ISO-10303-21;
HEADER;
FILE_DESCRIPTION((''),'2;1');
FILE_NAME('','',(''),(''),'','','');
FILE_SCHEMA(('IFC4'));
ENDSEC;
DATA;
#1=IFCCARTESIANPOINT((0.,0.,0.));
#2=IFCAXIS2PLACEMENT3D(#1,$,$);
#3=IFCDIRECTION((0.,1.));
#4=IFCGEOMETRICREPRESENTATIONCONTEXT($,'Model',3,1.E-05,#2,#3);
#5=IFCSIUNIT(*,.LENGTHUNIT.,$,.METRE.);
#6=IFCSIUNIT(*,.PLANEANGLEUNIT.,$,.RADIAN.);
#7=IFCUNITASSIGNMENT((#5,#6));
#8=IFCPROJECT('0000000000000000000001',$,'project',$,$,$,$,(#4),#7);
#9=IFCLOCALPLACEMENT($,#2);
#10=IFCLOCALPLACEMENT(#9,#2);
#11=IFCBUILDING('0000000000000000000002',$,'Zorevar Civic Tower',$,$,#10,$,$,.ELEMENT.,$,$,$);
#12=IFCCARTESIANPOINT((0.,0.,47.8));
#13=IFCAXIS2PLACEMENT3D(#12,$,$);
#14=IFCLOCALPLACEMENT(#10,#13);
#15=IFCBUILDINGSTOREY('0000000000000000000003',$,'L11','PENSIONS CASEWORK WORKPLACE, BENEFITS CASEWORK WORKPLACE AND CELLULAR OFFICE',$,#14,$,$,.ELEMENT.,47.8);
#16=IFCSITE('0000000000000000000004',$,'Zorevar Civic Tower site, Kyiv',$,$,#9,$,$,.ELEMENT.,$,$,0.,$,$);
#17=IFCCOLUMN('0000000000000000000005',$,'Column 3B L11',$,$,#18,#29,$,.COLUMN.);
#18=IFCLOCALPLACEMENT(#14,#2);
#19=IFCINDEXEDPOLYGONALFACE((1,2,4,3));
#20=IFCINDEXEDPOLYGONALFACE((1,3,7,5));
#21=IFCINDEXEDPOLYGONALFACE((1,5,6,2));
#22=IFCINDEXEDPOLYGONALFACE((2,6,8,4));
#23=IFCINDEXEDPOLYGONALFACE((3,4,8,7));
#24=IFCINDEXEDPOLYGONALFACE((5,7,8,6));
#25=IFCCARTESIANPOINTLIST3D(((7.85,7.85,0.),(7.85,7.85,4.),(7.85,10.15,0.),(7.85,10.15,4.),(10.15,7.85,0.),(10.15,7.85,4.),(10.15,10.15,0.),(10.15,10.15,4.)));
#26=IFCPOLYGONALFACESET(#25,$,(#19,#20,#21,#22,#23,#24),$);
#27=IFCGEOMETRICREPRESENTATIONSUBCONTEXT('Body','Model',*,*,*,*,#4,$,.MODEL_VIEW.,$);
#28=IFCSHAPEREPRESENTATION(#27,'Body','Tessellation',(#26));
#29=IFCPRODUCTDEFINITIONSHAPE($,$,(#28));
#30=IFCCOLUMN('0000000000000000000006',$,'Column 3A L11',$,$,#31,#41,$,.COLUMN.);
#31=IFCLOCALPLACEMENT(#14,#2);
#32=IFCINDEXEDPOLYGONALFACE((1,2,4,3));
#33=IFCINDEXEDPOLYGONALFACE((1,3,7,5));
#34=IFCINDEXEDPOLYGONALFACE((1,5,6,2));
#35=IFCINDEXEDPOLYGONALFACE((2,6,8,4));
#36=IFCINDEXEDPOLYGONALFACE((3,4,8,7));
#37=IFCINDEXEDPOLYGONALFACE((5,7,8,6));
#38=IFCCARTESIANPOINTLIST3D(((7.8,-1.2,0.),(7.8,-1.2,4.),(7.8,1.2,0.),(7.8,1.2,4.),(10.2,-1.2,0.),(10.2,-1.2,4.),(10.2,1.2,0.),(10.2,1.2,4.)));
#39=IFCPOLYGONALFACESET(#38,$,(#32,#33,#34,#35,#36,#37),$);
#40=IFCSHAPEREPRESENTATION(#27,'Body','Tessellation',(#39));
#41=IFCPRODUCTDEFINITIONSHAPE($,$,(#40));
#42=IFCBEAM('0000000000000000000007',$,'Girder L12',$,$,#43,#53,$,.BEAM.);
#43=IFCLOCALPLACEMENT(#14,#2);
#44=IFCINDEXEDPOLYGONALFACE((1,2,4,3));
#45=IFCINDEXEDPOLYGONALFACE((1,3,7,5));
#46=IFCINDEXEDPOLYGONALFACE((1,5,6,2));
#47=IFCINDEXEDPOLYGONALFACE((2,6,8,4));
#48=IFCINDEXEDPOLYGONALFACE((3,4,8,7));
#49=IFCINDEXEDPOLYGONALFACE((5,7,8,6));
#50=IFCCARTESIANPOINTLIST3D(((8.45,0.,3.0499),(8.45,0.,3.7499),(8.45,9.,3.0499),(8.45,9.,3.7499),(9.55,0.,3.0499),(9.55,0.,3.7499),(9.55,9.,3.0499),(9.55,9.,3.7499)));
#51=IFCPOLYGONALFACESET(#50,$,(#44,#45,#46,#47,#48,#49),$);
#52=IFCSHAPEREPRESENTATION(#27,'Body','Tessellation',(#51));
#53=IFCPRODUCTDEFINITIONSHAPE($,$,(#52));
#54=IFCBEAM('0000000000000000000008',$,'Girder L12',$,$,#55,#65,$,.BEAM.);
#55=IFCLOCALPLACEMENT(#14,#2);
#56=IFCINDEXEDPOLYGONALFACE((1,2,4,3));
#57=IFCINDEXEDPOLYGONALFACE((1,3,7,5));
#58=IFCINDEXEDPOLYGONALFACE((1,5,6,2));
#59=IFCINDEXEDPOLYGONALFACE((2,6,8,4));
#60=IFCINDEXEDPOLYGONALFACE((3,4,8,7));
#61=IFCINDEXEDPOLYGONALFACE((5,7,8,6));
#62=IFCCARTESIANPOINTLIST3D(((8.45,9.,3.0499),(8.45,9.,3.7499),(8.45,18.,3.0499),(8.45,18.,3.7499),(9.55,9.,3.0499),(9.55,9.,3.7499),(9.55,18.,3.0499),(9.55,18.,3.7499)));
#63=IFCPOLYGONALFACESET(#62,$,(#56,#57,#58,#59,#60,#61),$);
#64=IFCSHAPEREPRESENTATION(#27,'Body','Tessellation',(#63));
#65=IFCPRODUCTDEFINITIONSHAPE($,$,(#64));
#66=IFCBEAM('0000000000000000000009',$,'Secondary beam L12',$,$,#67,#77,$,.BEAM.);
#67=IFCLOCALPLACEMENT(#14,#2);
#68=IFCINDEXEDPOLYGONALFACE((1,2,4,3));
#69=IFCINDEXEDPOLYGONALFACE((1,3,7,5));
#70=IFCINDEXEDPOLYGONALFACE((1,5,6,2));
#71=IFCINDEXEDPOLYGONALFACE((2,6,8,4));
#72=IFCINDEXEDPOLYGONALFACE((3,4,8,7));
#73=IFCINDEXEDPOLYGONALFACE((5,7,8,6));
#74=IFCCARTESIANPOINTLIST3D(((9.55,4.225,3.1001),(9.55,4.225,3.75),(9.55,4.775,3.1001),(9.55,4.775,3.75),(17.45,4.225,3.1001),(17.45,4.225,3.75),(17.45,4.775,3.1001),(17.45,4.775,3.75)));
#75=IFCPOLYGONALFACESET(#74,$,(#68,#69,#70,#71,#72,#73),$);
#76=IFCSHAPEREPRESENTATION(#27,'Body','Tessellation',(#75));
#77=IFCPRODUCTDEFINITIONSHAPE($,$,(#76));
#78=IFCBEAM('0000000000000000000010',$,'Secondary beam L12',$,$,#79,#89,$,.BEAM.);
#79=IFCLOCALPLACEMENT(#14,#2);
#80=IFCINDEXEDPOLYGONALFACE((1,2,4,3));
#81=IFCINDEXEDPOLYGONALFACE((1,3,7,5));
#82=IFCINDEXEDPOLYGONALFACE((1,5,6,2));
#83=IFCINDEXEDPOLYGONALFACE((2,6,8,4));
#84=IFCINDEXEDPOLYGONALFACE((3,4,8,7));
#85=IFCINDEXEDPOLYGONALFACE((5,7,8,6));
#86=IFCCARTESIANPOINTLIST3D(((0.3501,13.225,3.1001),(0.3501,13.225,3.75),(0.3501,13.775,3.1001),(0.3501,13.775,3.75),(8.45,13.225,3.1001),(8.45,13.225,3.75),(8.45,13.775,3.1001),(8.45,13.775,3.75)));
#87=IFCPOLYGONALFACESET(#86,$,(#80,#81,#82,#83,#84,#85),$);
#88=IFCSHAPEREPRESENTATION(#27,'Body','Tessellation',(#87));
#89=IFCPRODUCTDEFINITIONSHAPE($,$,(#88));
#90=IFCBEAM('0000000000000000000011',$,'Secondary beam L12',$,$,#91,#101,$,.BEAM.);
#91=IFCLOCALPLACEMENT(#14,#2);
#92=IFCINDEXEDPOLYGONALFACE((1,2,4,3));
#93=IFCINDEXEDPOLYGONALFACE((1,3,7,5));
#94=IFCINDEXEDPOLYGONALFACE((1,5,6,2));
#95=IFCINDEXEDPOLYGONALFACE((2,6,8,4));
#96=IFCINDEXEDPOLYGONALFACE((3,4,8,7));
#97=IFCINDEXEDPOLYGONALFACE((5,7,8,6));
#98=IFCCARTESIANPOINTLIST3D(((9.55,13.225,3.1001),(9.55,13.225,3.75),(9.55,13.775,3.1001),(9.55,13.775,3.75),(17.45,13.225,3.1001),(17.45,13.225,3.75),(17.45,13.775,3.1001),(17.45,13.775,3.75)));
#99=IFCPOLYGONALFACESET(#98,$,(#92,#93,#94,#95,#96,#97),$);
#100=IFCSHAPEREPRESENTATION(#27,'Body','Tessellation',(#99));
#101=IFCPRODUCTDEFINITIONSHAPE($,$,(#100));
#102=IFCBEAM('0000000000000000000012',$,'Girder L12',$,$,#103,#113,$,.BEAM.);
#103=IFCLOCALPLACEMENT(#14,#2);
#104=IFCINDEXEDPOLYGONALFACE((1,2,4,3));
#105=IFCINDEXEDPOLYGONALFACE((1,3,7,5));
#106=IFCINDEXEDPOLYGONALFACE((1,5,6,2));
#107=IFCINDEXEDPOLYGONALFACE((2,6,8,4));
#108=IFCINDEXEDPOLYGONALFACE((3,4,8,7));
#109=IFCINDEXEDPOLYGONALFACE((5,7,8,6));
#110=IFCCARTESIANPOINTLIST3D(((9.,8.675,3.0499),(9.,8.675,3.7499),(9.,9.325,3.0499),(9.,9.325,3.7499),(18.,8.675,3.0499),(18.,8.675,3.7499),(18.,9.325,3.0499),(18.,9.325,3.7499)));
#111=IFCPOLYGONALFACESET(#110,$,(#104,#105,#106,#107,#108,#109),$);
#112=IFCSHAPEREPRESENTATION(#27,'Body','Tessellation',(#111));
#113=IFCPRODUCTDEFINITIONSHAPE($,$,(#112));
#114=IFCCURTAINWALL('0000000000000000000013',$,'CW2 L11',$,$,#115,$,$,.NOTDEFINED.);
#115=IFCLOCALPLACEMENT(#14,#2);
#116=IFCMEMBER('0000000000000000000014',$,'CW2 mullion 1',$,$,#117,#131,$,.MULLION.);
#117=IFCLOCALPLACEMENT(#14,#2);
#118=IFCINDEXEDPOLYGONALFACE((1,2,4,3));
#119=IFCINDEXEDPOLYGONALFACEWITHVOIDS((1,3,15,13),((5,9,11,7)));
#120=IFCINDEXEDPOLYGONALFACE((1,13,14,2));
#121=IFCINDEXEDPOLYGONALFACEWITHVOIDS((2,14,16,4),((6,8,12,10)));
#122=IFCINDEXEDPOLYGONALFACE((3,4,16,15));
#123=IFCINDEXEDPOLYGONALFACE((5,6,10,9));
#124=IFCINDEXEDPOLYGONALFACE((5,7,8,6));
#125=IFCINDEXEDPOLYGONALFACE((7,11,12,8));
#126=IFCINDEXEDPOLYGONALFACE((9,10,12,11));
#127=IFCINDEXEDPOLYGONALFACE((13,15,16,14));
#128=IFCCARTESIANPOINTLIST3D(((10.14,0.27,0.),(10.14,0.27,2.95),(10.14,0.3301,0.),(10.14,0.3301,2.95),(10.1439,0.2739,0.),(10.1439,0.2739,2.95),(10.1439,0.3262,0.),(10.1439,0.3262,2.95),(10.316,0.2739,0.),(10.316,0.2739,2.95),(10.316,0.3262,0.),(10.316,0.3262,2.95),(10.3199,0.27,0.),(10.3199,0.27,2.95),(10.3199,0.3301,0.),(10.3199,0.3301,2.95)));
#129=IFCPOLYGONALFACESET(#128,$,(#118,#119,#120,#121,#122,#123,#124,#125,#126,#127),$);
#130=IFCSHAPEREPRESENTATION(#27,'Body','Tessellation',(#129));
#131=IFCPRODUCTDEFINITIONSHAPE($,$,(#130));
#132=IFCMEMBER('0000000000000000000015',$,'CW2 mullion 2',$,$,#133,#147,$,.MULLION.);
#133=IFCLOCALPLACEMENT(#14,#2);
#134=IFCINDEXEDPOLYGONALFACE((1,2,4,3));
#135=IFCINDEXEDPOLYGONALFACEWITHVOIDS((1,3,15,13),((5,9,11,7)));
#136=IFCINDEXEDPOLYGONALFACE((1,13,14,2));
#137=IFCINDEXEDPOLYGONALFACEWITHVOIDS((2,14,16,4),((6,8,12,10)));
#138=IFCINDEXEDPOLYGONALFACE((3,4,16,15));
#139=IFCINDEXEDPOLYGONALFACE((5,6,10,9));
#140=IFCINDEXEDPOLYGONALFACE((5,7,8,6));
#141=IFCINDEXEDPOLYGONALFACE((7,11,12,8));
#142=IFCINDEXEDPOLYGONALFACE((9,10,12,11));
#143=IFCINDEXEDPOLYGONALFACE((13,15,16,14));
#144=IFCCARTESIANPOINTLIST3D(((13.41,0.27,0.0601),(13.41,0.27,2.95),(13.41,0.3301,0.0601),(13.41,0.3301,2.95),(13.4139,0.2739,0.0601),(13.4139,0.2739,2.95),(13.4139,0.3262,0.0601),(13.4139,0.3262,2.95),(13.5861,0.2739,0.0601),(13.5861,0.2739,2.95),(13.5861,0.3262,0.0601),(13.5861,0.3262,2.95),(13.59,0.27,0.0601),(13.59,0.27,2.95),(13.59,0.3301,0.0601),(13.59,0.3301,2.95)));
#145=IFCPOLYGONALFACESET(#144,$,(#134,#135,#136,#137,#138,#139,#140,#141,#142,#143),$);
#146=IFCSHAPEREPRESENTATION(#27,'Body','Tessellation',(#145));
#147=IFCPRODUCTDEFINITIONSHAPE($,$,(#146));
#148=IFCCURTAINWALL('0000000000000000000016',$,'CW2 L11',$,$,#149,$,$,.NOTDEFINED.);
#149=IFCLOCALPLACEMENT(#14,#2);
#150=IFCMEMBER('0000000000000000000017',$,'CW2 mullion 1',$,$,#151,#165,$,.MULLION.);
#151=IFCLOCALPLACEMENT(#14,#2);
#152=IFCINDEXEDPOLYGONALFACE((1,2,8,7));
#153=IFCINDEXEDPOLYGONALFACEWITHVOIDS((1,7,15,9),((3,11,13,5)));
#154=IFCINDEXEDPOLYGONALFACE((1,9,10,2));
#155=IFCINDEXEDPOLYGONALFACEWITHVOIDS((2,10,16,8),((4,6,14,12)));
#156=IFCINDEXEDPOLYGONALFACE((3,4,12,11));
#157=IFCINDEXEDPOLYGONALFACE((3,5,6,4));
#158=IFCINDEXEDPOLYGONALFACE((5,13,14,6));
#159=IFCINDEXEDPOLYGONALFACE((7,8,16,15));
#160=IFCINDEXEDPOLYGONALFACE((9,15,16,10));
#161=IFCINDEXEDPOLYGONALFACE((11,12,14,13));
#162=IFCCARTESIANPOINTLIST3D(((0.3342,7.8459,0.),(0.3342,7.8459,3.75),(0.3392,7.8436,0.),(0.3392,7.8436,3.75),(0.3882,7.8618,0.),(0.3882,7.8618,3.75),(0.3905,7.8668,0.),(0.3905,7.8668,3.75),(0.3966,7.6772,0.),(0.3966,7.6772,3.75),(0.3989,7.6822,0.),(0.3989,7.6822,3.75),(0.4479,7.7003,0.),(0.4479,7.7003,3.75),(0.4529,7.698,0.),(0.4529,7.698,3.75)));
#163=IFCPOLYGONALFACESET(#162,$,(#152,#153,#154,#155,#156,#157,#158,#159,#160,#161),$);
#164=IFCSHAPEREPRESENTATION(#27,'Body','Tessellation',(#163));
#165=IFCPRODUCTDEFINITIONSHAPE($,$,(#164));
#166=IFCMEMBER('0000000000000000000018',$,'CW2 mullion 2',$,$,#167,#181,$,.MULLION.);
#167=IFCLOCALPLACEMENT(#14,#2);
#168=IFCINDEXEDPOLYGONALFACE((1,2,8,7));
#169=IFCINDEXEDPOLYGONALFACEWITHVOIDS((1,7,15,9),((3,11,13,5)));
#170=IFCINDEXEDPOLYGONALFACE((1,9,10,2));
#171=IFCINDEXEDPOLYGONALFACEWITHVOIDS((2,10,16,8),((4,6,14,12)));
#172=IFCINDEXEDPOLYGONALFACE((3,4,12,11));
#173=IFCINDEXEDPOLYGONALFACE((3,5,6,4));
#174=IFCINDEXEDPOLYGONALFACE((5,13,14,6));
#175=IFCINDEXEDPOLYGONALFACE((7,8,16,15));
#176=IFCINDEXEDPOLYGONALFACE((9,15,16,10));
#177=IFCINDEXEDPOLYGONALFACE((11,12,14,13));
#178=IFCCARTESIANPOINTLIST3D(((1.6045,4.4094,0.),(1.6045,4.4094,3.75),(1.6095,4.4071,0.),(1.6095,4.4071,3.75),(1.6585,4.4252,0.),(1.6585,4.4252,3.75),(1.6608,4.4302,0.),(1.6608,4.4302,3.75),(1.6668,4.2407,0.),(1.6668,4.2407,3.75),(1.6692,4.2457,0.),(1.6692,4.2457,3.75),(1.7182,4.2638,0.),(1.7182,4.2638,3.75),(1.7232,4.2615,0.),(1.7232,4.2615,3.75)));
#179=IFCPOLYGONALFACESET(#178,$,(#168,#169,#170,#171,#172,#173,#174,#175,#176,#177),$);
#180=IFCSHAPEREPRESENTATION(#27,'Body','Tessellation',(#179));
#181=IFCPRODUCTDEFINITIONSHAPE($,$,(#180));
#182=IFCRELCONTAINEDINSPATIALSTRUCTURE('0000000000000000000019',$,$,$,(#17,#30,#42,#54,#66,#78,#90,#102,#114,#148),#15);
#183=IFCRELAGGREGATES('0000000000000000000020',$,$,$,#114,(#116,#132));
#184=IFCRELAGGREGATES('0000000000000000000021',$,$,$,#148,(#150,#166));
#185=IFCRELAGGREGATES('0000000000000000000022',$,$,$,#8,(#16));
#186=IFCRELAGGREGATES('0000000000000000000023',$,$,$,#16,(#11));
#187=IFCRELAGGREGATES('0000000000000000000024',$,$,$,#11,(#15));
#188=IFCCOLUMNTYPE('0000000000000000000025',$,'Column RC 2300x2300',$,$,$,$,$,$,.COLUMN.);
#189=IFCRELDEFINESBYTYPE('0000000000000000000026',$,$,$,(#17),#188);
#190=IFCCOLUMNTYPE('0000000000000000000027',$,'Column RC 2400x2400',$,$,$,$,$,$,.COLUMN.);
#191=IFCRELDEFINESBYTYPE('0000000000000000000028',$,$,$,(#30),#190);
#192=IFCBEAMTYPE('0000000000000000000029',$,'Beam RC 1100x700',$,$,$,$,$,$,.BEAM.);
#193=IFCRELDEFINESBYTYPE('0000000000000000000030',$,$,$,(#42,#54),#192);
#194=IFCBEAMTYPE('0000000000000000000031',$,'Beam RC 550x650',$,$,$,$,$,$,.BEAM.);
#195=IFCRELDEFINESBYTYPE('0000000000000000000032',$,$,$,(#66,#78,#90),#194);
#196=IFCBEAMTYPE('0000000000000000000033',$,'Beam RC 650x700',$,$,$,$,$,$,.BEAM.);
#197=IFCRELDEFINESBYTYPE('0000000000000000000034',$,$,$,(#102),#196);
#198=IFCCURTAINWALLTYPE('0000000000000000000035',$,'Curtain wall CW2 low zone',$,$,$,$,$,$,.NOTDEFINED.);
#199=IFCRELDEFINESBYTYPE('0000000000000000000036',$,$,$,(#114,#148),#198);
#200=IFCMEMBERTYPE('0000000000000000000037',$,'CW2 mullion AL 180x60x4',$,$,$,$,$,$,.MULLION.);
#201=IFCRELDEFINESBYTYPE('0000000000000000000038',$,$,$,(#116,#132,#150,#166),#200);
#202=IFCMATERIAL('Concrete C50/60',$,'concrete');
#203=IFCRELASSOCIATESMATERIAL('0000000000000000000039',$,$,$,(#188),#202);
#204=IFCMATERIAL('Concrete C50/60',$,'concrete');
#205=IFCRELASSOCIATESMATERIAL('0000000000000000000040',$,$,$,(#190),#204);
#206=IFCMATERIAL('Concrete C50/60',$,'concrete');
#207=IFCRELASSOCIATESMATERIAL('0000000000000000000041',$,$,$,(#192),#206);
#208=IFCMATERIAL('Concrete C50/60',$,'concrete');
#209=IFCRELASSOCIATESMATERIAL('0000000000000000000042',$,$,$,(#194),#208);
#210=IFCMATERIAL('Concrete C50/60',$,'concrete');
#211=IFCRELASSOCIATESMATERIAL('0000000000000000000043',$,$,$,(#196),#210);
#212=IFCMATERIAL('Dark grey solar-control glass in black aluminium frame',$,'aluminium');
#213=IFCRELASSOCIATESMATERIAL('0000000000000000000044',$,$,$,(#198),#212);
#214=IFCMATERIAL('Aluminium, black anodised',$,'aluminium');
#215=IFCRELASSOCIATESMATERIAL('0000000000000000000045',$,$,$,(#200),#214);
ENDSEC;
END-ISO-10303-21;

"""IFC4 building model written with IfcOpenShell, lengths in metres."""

from ifc_helpers import new_model, si_unit, direction, frame, origin, origin_2d, place, context, subcontext, project, spatial, rectangle, hollow_rectangle, extrude, material, material_profile, profile_set, type_object, element, aggregate, save


model = new_model("IFC4")

# Units and contexts
model_context = context("Model", 3, precision=1e-05, world=origin(), true_north=direction((0.0, 1.0)))
body_context = subcontext(model_context, "Body", "Model", "MODEL_VIEW")
ifc_project = project(units=[si_unit("LENGTHUNIT", "METRE"), si_unit("PLANEANGLEUNIT", "RADIAN")], contexts=[model_context])

# Site, building, storey
site_placement = place(None, origin())
site = spatial("IfcSite", under=ifc_project, at=site_placement, Name="Zorevar Civic Tower site, Kyiv", CompositionType="ELEMENT", RefElevation=0.0)
building_placement = place(site_placement, origin())
building = spatial("IfcBuilding", under=site, at=building_placement, Name="Zorevar Civic Tower", CompositionType="ELEMENT")
storey_placement = place(building_placement, frame((0.0, 0.0, 47.8)))
storey = spatial("IfcBuildingStorey", under=building, at=storey_placement, Name="L11", Description="PENSIONS CASEWORK WORKPLACE, BENEFITS CASEWORK WORKPLACE AND CELLULAR OFFICE", CompositionType="ELEMENT", Elevation=47.8)

# Columns
ifc_material_1 = material(Name="Concrete C50/60", Category="concrete")
ifc_material_profile_1 = material_profile(ifc_material_1, rectangle(XDim=2.3, YDim=2.3, at=origin_2d()), Name="RC 2300x2300")
ifc_profile_set_1 = profile_set([ifc_material_profile_1], Name="Concrete C50/60")
column_type_1 = type_object("IfcColumnType", Name="Column RC 2300x2300", PredefinedType="COLUMN", material=ifc_profile_set_1)
column_1_placement = place(storey_placement, frame((9.0, 9.0, 0.0), z_axis=(0.0, 0.0, 1.0), x_axis=(1.0, 0.0, 0.0)))
element("IfcColumn", 1, at=column_1_placement, inside=storey, type_object=column_type_1, Name="Column 3B L11", PredefinedType="COLUMN", context=body_context, shape_type="SweptSolid", body=[
    extrude(rectangle(XDim=2.3, YDim=2.3, at=origin_2d()), origin(), (0.0, 0.0, 1.0), 4.0),
])
ifc_material_2 = material(Name="Concrete C50/60", Category="concrete")
ifc_material_profile_2 = material_profile(ifc_material_2, rectangle(XDim=2.3999, YDim=2.3999, at=origin_2d()), Name="RC 2400x2400")
ifc_profile_set_2 = profile_set([ifc_material_profile_2], Name="Concrete C50/60")
column_type_2 = type_object("IfcColumnType", Name="Column RC 2400x2400", PredefinedType="COLUMN", material=ifc_profile_set_2)
column_2_placement = place(storey_placement, frame((9.0, 0.0, 0.0), z_axis=(0.0, 0.0, 1.0), x_axis=(1.0, 0.0, 0.0)))
element("IfcColumn", 2, at=column_2_placement, inside=storey, type_object=column_type_2, Name="Column 3A L11", PredefinedType="COLUMN", context=body_context, shape_type="SweptSolid", body=[
    extrude(rectangle(XDim=2.3999, YDim=2.3999, at=origin_2d()), origin(), (0.0, 0.0, 1.0), 4.0),
])

# Beams
ifc_material_3 = material(Name="Concrete C50/60", Category="concrete")
ifc_material_profile_3 = material_profile(ifc_material_3, rectangle(XDim=1.1001, YDim=0.7, at=origin_2d()), Name="RC 1100x700")
ifc_profile_set_3 = profile_set([ifc_material_profile_3], Name="Concrete C50/60")
beam_type_1 = type_object("IfcBeamType", Name="Beam RC 1100x700", PredefinedType="BEAM", material=ifc_profile_set_3)
for number, where, z_axis, x_axis, name in (
    (3, (9.0, 0.0, 3.3999), (0.0, 1.0, 0.0), (-1.0, 0.0, 0.0), "Girder L12"),
    (4, (9.0, 9.0, 3.3999), (0.0, 1.0, 0.0), (-1.0, 0.0, 0.0), "Girder L12"),
):
    element("IfcBeam", number, at=place(storey_placement, frame(where, z_axis=z_axis, x_axis=x_axis)), inside=storey, type_object=beam_type_1, Name=name, PredefinedType="BEAM", context=body_context, shape_type="SweptSolid", body=[
        extrude(rectangle(XDim=1.1001, YDim=0.7, at=origin_2d()), origin(), (0.0, 0.0, 1.0), 9.0),
    ])
ifc_material_4 = material(Name="Concrete C50/60", Category="concrete")
ifc_material_profile_4 = material_profile(ifc_material_4, rectangle(XDim=0.55, YDim=0.6499, at=origin_2d()), Name="RC 550x650")
ifc_profile_set_4 = profile_set([ifc_material_profile_4], Name="Concrete C50/60")
beam_type_2 = type_object("IfcBeamType", Name="Beam RC 550x650", PredefinedType="BEAM", material=ifc_profile_set_4)
beam_1_placement = place(storey_placement, frame((9.55, 4.5, 3.425), z_axis=(1.0, 0.0, 0.0), x_axis=(0.0, 1.0, 0.0)))
element("IfcBeam", 5, at=beam_1_placement, inside=storey, type_object=beam_type_2, Name="Secondary beam L12", PredefinedType="BEAM", context=body_context, shape_type="SweptSolid", body=[
    extrude(rectangle(XDim=0.55, YDim=0.6499, at=origin_2d()), origin(), (0.0, 0.0, 1.0), 7.8999),
])
beam_2_placement = place(storey_placement, frame((0.3501, 13.5, 3.425), z_axis=(1.0, 0.0, 0.0), x_axis=(0.0, 1.0, 0.0)))
element("IfcBeam", 6, at=beam_2_placement, inside=storey, type_object=beam_type_2, Name="Secondary beam L12", PredefinedType="BEAM", context=body_context, shape_type="SweptSolid", body=[
    extrude(rectangle(XDim=0.55, YDim=0.6499, at=origin_2d()), origin(), (0.0, 0.0, 1.0), 8.0999),
])
beam_3_placement = place(storey_placement, frame((9.55, 13.5, 3.425), z_axis=(1.0, 0.0, 0.0), x_axis=(0.0, 1.0, 0.0)))
element("IfcBeam", 7, at=beam_3_placement, inside=storey, type_object=beam_type_2, Name="Secondary beam L12", PredefinedType="BEAM", context=body_context, shape_type="SweptSolid", body=[
    extrude(rectangle(XDim=0.55, YDim=0.6499, at=origin_2d()), origin(), (0.0, 0.0, 1.0), 7.8999),
])
ifc_material_5 = material(Name="Concrete C50/60", Category="concrete")
ifc_material_profile_5 = material_profile(ifc_material_5, rectangle(XDim=0.6499, YDim=0.7, at=origin_2d()), Name="RC 650x700")
ifc_profile_set_5 = profile_set([ifc_material_profile_5], Name="Concrete C50/60")
beam_type_3 = type_object("IfcBeamType", Name="Beam RC 650x700", PredefinedType="BEAM", material=ifc_profile_set_5)
beam_4_placement = place(storey_placement, frame((9.0, 9.0, 3.3999), z_axis=(1.0, 0.0, 0.0), x_axis=(0.0, 1.0, 0.0)))
element("IfcBeam", 8, at=beam_4_placement, inside=storey, type_object=beam_type_3, Name="Girder L12", PredefinedType="BEAM", context=body_context, shape_type="SweptSolid", body=[
    extrude(rectangle(XDim=0.6499, YDim=0.7, at=origin_2d()), origin(), (0.0, 0.0, 1.0), 9.0),
])

# Curtain walls, members
ifc_material_6 = material(Name="Dark grey solar-control glass in black aluminium frame", Category="aluminium")
curtain_wall_type = type_object("IfcCurtainWallType", Name="Curtain wall CW2 low zone", PredefinedType="NOTDEFINED", material=ifc_material_6)
curtain_wall_1_placement = place(storey_placement, origin())
curtain_wall_1 = element("IfcCurtainWall", 9, at=curtain_wall_1_placement, inside=storey, type_object=curtain_wall_type, Name="CW2 L11", PredefinedType="NOTDEFINED")
ifc_material_7 = material(Name="Aluminium, black anodised", Category="aluminium")
ifc_material_profile_6 = material_profile(ifc_material_7, hollow_rectangle(XDim=0.0601, YDim=0.1799, WallThickness=0.0039, at=origin_2d()), Name="AL 180x60x4")
ifc_profile_set_6 = profile_set([ifc_material_profile_6], Name="Aluminium, black anodised")
member_type_1 = type_object("IfcMemberType", Name="CW2 mullion AL 180x60x4", PredefinedType="MULLION", material=ifc_profile_set_6)
member_1_placement = place(storey_placement, frame((10.23, 0.3, 0.0), z_axis=(0.0, 0.0, 1.0), x_axis=(0.0, 1.0, 0.0)))
member_1 = element("IfcMember", 10, at=member_1_placement, type_object=member_type_1, Name="CW2 mullion 1", PredefinedType="MULLION", context=body_context, shape_type="SweptSolid", body=[
    extrude(hollow_rectangle(XDim=0.0601, YDim=0.1799, WallThickness=0.0039, at=origin_2d()), origin(), (0.0, 0.0, 1.0), 2.95),
])
member_2_placement = place(storey_placement, frame((13.5, 0.3, 0.0601), z_axis=(0.0, 0.0, 1.0), x_axis=(0.0, 1.0, 0.0)))
member_2 = element("IfcMember", 11, at=member_2_placement, type_object=member_type_1, Name="CW2 mullion 2", PredefinedType="MULLION", context=body_context, shape_type="SweptSolid", body=[
    extrude(hollow_rectangle(XDim=0.0601, YDim=0.1799, WallThickness=0.0039, at=origin_2d()), origin(), (0.0, 0.0, 1.0), 2.8899),
])
curtain_wall_2_placement = place(storey_placement, origin())
curtain_wall_2 = element("IfcCurtainWall", 12, at=curtain_wall_2_placement, inside=storey, type_object=curtain_wall_type, Name="CW2 L11", PredefinedType="NOTDEFINED")
member_3_placement = place(storey_placement, frame((0.3936, 7.772, 0.0), z_axis=(0.0, 0.0, 1.0), x_axis=(0.937975, 0.346704, 0.0)))
member_3 = element("IfcMember", 13, at=member_3_placement, type_object=member_type_1, Name="CW2 mullion 1", PredefinedType="MULLION", context=body_context, shape_type="SweptSolid", body=[
    extrude(hollow_rectangle(XDim=0.0601, YDim=0.1799, WallThickness=0.0039, at=origin_2d()), origin(), (0.0, 0.0, 1.0), 3.75),
])
member_4_placement = place(storey_placement, frame((1.6638, 4.3354, 0.0), z_axis=(0.0, 0.0, 1.0), x_axis=(0.937975, 0.346704, 0.0)))
member_4 = element("IfcMember", 14, at=member_4_placement, type_object=member_type_1, Name="CW2 mullion 2", PredefinedType="MULLION", context=body_context, shape_type="SweptSolid", body=[
    extrude(hollow_rectangle(XDim=0.0601, YDim=0.1799, WallThickness=0.0039, at=origin_2d()), origin(), (0.0, 0.0, 1.0), 3.75),
])

aggregate(curtain_wall_1, [member_1, member_2])
aggregate(curtain_wall_2, [member_3, member_4])

save(model, "model.ifc")
